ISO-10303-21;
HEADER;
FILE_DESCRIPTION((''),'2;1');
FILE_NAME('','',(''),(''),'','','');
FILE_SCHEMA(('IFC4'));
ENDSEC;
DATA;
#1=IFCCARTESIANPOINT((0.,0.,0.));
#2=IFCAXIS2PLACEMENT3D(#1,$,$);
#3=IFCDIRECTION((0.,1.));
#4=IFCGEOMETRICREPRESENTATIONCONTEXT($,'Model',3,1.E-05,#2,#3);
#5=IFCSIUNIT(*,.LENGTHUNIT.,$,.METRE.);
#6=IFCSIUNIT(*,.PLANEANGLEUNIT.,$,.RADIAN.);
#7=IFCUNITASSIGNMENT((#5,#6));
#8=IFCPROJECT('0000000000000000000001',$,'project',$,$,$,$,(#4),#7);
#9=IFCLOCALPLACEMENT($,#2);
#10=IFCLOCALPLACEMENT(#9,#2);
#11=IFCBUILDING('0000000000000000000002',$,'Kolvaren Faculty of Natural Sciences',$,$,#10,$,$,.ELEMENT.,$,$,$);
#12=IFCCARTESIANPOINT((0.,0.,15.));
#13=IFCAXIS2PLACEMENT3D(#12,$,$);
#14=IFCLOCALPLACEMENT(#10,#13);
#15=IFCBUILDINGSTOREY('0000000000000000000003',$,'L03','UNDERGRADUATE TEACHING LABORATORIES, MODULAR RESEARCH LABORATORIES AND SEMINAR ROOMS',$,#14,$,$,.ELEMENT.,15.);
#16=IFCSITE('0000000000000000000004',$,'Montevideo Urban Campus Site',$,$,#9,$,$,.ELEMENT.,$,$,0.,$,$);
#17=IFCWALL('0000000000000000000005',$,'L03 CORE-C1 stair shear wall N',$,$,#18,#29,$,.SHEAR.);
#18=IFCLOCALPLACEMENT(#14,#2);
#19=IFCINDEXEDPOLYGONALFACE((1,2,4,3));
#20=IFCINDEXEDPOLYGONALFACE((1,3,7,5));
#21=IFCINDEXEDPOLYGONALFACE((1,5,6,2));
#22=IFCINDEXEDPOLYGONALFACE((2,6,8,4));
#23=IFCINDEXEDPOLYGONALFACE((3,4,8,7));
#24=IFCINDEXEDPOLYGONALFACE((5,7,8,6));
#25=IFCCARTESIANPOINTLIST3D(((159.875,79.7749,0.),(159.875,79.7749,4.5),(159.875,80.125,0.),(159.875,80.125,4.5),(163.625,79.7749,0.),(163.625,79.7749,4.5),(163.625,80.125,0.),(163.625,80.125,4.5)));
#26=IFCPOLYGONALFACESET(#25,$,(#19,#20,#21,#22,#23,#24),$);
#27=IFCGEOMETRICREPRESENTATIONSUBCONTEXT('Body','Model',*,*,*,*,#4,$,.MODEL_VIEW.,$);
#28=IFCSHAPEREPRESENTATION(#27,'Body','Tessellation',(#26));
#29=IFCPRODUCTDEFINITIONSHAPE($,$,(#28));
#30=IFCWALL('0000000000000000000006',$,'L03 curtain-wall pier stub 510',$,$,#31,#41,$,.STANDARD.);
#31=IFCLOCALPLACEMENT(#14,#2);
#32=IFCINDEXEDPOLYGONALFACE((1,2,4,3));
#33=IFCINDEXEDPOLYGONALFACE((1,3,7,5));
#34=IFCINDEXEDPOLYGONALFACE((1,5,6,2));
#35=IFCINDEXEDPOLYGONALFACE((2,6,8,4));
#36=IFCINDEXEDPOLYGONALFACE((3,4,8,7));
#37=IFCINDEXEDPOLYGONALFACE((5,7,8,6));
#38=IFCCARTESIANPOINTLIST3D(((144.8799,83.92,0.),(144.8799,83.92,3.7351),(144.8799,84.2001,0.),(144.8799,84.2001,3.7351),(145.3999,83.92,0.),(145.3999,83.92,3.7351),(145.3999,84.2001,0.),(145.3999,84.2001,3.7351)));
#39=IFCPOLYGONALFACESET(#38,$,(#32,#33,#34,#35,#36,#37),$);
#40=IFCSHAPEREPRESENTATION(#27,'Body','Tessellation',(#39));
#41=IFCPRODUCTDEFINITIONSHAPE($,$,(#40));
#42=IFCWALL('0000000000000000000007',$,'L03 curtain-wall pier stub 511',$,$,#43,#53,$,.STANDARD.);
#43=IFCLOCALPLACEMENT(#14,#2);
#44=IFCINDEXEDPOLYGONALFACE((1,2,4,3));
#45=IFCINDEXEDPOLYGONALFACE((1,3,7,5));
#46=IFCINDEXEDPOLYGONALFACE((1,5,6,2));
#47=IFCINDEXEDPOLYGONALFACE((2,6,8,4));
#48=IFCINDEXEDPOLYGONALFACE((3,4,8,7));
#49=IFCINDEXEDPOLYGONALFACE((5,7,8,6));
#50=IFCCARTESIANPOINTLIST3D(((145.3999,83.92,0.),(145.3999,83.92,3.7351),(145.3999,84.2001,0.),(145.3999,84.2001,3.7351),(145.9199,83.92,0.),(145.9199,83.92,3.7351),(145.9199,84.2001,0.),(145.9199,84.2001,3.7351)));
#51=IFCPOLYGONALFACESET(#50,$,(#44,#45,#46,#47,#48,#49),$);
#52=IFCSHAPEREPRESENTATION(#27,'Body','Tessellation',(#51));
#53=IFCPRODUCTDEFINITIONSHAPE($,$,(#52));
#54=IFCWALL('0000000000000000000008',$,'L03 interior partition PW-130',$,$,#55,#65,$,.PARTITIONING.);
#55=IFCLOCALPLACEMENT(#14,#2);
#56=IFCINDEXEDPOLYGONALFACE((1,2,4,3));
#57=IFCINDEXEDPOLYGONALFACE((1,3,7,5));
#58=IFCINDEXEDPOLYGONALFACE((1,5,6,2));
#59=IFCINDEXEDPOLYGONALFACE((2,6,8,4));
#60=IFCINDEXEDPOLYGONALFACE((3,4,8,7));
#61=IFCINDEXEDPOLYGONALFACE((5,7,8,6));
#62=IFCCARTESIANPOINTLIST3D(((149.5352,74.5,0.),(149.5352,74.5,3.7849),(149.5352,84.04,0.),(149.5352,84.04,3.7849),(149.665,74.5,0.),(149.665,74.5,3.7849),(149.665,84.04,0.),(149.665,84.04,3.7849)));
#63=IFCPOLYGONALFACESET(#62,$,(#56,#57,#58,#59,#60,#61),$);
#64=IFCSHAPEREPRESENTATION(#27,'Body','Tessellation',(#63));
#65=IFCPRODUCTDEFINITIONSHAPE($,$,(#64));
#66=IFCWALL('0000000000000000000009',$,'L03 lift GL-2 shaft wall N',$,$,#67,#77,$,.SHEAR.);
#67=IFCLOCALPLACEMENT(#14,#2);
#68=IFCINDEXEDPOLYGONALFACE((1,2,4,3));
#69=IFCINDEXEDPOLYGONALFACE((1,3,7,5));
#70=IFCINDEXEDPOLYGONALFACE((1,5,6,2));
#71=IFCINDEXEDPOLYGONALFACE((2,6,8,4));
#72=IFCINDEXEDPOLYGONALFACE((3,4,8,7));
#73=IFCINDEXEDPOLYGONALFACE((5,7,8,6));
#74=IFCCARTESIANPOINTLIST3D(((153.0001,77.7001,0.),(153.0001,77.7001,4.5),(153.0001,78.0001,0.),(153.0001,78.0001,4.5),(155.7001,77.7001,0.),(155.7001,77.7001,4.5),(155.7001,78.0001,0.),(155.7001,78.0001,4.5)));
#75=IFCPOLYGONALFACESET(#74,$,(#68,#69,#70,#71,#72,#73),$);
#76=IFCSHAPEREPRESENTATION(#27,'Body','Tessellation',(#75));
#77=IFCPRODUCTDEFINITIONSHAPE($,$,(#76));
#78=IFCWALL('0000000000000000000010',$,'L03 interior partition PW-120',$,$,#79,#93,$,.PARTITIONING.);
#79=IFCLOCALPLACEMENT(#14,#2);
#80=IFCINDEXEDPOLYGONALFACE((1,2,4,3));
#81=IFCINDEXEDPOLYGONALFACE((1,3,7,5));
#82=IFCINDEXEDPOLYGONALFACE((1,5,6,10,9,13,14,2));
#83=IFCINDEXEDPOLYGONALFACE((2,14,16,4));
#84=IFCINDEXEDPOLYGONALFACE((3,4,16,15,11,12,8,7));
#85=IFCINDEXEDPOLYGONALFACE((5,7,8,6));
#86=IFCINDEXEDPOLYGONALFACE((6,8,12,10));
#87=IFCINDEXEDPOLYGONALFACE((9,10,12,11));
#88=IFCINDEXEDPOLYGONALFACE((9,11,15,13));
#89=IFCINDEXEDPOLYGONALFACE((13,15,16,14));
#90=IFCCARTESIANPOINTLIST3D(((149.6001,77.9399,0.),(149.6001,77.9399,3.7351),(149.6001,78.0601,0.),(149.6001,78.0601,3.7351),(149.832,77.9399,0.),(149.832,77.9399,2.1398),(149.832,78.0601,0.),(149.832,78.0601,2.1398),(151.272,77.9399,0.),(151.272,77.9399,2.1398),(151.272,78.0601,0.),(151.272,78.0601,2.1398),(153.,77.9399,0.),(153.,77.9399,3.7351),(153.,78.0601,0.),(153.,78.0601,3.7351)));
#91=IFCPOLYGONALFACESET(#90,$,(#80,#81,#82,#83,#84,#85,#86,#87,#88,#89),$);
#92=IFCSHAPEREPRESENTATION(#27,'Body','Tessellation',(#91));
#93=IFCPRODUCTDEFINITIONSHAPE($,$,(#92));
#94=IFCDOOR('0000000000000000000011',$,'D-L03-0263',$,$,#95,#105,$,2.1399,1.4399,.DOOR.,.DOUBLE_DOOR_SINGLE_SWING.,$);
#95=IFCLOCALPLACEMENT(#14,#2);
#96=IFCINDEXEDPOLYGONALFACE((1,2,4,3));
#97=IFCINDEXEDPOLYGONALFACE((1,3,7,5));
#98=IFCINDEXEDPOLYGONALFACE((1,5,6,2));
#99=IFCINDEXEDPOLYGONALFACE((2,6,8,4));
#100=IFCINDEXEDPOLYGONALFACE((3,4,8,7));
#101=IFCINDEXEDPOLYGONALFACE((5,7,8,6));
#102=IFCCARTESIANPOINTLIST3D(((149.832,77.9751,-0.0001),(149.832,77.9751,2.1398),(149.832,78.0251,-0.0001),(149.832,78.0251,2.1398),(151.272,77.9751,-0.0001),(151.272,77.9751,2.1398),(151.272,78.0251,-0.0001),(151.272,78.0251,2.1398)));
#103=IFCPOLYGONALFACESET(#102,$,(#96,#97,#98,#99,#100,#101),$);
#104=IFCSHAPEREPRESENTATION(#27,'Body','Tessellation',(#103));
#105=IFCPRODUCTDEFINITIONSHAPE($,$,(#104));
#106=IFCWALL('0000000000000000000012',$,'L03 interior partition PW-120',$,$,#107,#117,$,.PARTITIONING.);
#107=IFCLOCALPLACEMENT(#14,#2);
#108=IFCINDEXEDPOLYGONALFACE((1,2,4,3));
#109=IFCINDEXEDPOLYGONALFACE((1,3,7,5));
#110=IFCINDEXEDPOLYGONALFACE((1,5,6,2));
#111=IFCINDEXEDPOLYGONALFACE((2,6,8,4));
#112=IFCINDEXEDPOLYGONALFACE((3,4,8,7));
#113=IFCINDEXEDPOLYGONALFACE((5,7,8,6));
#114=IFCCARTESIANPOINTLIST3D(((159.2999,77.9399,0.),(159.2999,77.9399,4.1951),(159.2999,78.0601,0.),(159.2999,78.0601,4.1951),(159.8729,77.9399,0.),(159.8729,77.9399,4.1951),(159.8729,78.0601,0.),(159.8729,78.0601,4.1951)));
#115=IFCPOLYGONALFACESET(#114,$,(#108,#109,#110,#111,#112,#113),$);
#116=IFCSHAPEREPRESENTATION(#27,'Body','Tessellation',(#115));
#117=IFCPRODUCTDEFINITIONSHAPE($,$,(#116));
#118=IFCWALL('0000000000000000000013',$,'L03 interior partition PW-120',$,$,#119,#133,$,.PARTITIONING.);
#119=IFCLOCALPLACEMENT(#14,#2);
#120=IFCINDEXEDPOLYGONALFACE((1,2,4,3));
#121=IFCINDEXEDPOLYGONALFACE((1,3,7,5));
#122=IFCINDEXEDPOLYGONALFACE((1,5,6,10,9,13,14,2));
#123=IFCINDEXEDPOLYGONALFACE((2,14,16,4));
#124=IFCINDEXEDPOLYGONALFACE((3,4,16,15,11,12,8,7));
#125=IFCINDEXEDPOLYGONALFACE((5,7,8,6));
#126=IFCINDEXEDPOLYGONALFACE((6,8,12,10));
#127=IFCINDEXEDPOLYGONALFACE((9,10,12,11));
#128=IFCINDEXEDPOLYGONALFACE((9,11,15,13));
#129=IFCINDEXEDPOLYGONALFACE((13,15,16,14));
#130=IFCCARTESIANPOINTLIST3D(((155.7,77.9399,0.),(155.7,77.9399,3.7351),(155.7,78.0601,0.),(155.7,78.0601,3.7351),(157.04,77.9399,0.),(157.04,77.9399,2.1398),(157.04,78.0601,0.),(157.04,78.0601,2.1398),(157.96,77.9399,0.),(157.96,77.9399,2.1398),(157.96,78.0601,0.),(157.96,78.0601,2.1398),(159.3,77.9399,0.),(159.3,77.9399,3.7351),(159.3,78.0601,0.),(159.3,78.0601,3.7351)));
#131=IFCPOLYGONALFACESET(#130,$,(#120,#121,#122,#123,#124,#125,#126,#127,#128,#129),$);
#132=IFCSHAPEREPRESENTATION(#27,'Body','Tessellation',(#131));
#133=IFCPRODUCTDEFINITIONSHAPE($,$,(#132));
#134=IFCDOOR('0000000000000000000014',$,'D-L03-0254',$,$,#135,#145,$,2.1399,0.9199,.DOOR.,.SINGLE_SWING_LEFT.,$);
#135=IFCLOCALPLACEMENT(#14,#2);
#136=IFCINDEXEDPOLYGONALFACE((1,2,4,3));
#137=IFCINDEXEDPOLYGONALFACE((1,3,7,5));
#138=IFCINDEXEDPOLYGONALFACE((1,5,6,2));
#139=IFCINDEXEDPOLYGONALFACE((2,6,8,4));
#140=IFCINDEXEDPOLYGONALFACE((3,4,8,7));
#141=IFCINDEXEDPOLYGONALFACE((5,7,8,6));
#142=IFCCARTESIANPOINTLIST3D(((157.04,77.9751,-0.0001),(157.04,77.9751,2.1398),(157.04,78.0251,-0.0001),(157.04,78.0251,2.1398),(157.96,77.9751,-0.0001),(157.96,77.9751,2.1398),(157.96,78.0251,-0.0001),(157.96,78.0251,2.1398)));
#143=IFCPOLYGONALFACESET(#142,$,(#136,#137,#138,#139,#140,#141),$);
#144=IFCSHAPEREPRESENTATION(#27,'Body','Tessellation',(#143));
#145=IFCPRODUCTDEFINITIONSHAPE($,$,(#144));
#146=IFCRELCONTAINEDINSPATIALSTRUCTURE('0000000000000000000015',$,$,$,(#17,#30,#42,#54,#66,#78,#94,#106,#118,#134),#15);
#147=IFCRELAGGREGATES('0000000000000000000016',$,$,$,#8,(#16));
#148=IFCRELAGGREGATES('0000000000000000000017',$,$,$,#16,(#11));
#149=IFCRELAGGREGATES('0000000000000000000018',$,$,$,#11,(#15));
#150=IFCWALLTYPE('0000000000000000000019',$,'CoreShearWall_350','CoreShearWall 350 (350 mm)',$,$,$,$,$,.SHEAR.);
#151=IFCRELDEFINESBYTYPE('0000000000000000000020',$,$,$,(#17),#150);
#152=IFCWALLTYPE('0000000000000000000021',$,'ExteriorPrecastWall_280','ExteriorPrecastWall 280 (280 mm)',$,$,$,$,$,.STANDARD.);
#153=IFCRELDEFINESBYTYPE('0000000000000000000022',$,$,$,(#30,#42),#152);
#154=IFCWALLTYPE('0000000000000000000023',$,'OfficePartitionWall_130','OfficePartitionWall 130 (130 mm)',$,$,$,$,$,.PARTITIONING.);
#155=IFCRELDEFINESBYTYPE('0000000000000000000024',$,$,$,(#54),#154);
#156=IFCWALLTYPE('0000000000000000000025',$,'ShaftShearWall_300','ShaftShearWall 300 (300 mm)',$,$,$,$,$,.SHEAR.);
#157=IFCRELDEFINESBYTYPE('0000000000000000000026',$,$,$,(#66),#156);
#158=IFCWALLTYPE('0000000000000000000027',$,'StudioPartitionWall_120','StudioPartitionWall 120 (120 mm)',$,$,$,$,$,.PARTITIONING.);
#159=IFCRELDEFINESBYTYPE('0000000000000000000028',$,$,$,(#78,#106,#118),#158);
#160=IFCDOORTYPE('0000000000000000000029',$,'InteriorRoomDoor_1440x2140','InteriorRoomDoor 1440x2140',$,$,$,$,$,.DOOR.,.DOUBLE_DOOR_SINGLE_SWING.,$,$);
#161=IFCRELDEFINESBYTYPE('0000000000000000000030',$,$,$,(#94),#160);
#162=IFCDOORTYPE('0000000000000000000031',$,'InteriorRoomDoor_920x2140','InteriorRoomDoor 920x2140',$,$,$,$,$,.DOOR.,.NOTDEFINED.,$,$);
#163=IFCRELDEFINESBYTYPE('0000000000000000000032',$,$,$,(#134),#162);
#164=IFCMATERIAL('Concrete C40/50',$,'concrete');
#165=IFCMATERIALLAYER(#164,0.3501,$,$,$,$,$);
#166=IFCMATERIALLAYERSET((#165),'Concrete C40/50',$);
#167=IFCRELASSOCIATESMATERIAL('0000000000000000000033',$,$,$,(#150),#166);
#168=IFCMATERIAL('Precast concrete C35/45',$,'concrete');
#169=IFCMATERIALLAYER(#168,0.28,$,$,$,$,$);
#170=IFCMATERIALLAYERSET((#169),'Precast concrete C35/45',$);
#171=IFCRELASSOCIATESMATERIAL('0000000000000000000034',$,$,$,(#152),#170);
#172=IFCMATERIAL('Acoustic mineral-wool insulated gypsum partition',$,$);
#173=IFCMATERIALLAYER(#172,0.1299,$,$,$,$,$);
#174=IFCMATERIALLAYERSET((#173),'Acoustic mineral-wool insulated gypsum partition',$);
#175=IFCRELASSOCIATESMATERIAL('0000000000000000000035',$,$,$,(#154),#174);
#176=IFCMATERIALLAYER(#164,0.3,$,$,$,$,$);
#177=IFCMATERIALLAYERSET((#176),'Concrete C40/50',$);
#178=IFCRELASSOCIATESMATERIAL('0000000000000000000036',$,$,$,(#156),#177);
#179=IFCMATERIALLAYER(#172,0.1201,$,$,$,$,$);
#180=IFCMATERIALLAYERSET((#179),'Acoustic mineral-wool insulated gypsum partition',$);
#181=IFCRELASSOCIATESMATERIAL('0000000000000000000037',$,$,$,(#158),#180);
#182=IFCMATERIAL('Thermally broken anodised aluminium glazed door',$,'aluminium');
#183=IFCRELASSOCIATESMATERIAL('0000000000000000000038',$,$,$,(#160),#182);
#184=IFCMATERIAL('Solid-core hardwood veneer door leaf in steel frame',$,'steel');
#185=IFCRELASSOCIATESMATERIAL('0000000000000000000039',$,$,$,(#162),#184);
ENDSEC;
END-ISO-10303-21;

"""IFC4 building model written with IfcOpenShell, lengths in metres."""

from ifc_helpers import new_model, si_unit, direction, frame, frame_2d, origin, place, context, subcontext, project, spatial, rectangle, extrude, material, layer, layer_set, type_object, element, fill, save


model = new_model("IFC4")

# Units and contexts
model_context = context("Model", 3, precision=1e-05, world=origin(), true_north=direction((0.0, 1.0)))
body_context = subcontext(model_context, "Body", "Model", "MODEL_VIEW")
ifc_project = project(units=[si_unit("LENGTHUNIT", "METRE"), si_unit("PLANEANGLEUNIT", "RADIAN")], contexts=[model_context])

# Site, building, storey
site_placement = place(None, origin())
site = spatial("IfcSite", under=ifc_project, at=site_placement, Name="Montevideo Urban Campus Site", CompositionType="ELEMENT", RefElevation=0.0)
building_placement = place(site_placement, origin())
building = spatial("IfcBuilding", under=site, at=building_placement, Name="Kolvaren Faculty of Natural Sciences", CompositionType="ELEMENT")
storey_placement = place(building_placement, frame((0.0, 0.0, 15.0)))
storey = spatial("IfcBuildingStorey", under=building, at=storey_placement, Name="L03", Description="UNDERGRADUATE TEACHING LABORATORIES, MODULAR RESEARCH LABORATORIES AND SEMINAR ROOMS", CompositionType="ELEMENT", Elevation=15.0)

# Shared definitions
ifc_material_1 = material(Name="Concrete C40/50", Category="concrete")

# Walls
ifc_layer_1 = layer(ifc_material_1, 0.3501)
ifc_layer_set_1 = layer_set([ifc_layer_1], Name="Concrete C40/50")
wall_type_1 = type_object("IfcWallType", Name="CoreShearWall_350", Description="CoreShearWall 350 (350 mm)", PredefinedType="SHEAR", material=ifc_layer_set_1)
wall_1_placement = place(storey_placement, frame((159.875, 79.95, 0.0), z_axis=(0.0, 0.0, 1.0), x_axis=(1.0, 0.0, 0.0)))
element("IfcWall", 1, at=wall_1_placement, inside=storey, type_object=wall_type_1, Name="L03 CORE-C1 stair shear wall N", PredefinedType="SHEAR", context=body_context, shape_type="SweptSolid", body=[
    extrude(rectangle(XDim=3.75, YDim=0.3501, at=frame_2d((1.875, 0.0))), origin(), (0.0, 0.0, 1.0), 4.5),
])
ifc_material_2 = material(Name="Precast concrete C35/45", Category="concrete")
ifc_layer_2 = layer(ifc_material_2, 0.28)
ifc_layer_set_2 = layer_set([ifc_layer_2], Name="Precast concrete C35/45")
wall_type_2 = type_object("IfcWallType", Name="ExteriorPrecastWall_280", Description="ExteriorPrecastWall 280 (280 mm)", PredefinedType="STANDARD", material=ifc_layer_set_2)
for number, where, z_axis, x_axis, name in (
    (2, (144.8799, 84.0601, 0.0), (0.0, 0.0, 1.0), (1.0, 0.0, 0.0), "L03 curtain-wall pier stub 510"),
    (3, (145.3999, 84.0601, 0.0), (0.0, 0.0, 1.0), (1.0, 0.0, 0.0), "L03 curtain-wall pier stub 511"),
):
    element("IfcWall", number, at=place(storey_placement, frame(where, z_axis=z_axis, x_axis=x_axis)), inside=storey, type_object=wall_type_2, Name=name, PredefinedType="STANDARD", context=body_context, shape_type="SweptSolid", body=[
        extrude(rectangle(XDim=0.52, YDim=0.28, at=frame_2d((0.26, 0.0))), origin(), (0.0, 0.0, 1.0), 3.7351),
    ])
ifc_material_3 = material(Name="Acoustic mineral-wool insulated gypsum partition")
ifc_layer_3 = layer(ifc_material_3, 0.1299)
ifc_layer_set_3 = layer_set([ifc_layer_3], Name="Acoustic mineral-wool insulated gypsum partition")
wall_type_3 = type_object("IfcWallType", Name="OfficePartitionWall_130", Description="OfficePartitionWall 130 (130 mm)", PredefinedType="PARTITIONING", material=ifc_layer_set_3)
wall_2_placement = place(storey_placement, frame((149.6001, 84.04, 0.0), z_axis=(0.0, 0.0, 1.0), x_axis=(0.0, -1.0, 0.0)))
element("IfcWall", 4, at=wall_2_placement, inside=storey, type_object=wall_type_3, Name="L03 interior partition PW-130", PredefinedType="PARTITIONING", context=body_context, shape_type="SweptSolid", body=[
    extrude(rectangle(XDim=9.54, YDim=0.1299, at=frame_2d((4.77, 0.0))), origin(), (0.0, 0.0, 1.0), 3.7849),
])
ifc_layer_4 = layer(ifc_material_1, 0.3)
ifc_layer_set_4 = layer_set([ifc_layer_4], Name="Concrete C40/50")
wall_type_4 = type_object("IfcWallType", Name="ShaftShearWall_300", Description="ShaftShearWall 300 (300 mm)", PredefinedType="SHEAR", material=ifc_layer_set_4)
wall_3_placement = place(storey_placement, frame((153.0, 77.8501, 0.0), z_axis=(0.0, 0.0, 1.0), x_axis=(1.0, 0.0, 0.0)))
element("IfcWall", 5, at=wall_3_placement, inside=storey, type_object=wall_type_4, Name="L03 lift GL-2 shaft wall N", PredefinedType="SHEAR", context=body_context, shape_type="SweptSolid", body=[
    extrude(rectangle(XDim=2.7, YDim=0.3, at=frame_2d((1.3501, 0.0))), origin(), (0.0, 0.0, 1.0), 4.5),
])

# Wall, opening, door
ifc_layer_5 = layer(ifc_material_3, 0.1201)
ifc_layer_set_5 = layer_set([ifc_layer_5], Name="Acoustic mineral-wool insulated gypsum partition")
wall_type_5 = type_object("IfcWallType", Name="StudioPartitionWall_120", Description="StudioPartitionWall 120 (120 mm)", PredefinedType="PARTITIONING", material=ifc_layer_set_5)
wall_4_placement = place(storey_placement, frame((153.0, 78.0, 0.0), z_axis=(0.0, 0.0, 1.0), x_axis=(-1.0, 0.0, 0.0)))
wall_4 = element("IfcWall", 6, at=wall_4_placement, inside=storey, type_object=wall_type_5, Name="L03 interior partition PW-120", PredefinedType="PARTITIONING", context=body_context, shape_type="SweptSolid", body=[
    extrude(rectangle(XDim=3.3999, YDim=0.1201, at=frame_2d((1.7, 0.0))), origin(), (0.0, 0.0, 1.0), 3.7351),
])
opening_1_placement = place(wall_4_placement, frame((1.728, 0.0, 0.0)))
opening_1 = element("IfcOpeningElement", 7, at=opening_1_placement, cuts=wall_4, PredefinedType="OPENING", context=body_context, shape_type="SweptSolid", body=[
    extrude(rectangle(XDim=1.4399, YDim=2.1399, at=frame_2d((0.72, 1.0698))), frame((0.0, 0.0701, 0.0), z_axis=(0.0, -1.0, 0.0), x_axis=(1.0, 0.0, 0.0)), (0.0, 0.0, 1.0), 0.1401),
])
ifc_material_4 = material(Name="Thermally broken anodised aluminium glazed door", Category="aluminium")
door_type_1 = type_object("IfcDoorType", Name="InteriorRoomDoor_1440x2140", Description="InteriorRoomDoor 1440x2140", OperationType="DOUBLE_DOOR_SINGLE_SWING", PredefinedType="DOOR", material=ifc_material_4)
door_1_placement = place(opening_1_placement, origin())
door_1 = element("IfcDoor", 8, at=door_1_placement, inside=storey, type_object=door_type_1, Name="D-L03-0263", OperationType="DOUBLE_DOOR_SINGLE_SWING", OverallHeight=2.1399, OverallWidth=1.4399, PredefinedType="DOOR", context=body_context, shape_type="SweptSolid", body=[
    extrude(rectangle(XDim=1.4399, YDim=2.1399, at=frame_2d((0.72, 1.0698))), frame((0.0, 0.0249, 0.0), z_axis=(0.0, -1.0, 0.0), x_axis=(1.0, 0.0, 0.0)), (0.0, 0.0, 1.0), 0.05),
])
fill(opening_1, door_1)

# Wall
wall_5_placement = place(storey_placement, frame((159.873, 78.0, 0.0), z_axis=(0.0, 0.0, 1.0), x_axis=(-1.0, 0.0, 0.0)))
element("IfcWall", 9, at=wall_5_placement, inside=storey, type_object=wall_type_5, Name="L03 interior partition PW-120", PredefinedType="PARTITIONING", context=body_context, shape_type="SweptSolid", body=[
    extrude(rectangle(XDim=0.573, YDim=0.1201, at=frame_2d((0.2866, 0.0))), origin(), (0.0, 0.0, 1.0), 4.1951),
])

# Wall, opening, door
wall_6_placement = place(storey_placement, frame((159.3, 78.0, 0.0), z_axis=(0.0, 0.0, 1.0), x_axis=(-1.0, 0.0, 0.0)))
wall_6 = element("IfcWall", 10, at=wall_6_placement, inside=storey, type_object=wall_type_5, Name="L03 interior partition PW-120", PredefinedType="PARTITIONING", context=body_context, shape_type="SweptSolid", body=[
    extrude(rectangle(XDim=3.6001, YDim=0.1201, at=frame_2d((1.8, 0.0))), origin(), (0.0, 0.0, 1.0), 3.7351),
])
opening_2_placement = place(wall_6_placement, frame((1.3401, 0.0, 0.0)))
opening_2 = element("IfcOpeningElement", 11, at=opening_2_placement, cuts=wall_6, PredefinedType="OPENING", context=body_context, shape_type="SweptSolid", body=[
    extrude(rectangle(XDim=0.9199, YDim=2.1399, at=frame_2d((0.46, 1.0698))), frame((0.0, 0.0701, 0.0), z_axis=(0.0, -1.0, 0.0), x_axis=(1.0, 0.0, 0.0)), (0.0, 0.0, 1.0), 0.1401),
])
ifc_material_5 = material(Name="Solid-core hardwood veneer door leaf in steel frame", Category="steel")
door_type_2 = type_object("IfcDoorType", Name="InteriorRoomDoor_920x2140", Description="InteriorRoomDoor 920x2140", OperationType="NOTDEFINED", PredefinedType="DOOR", material=ifc_material_5)
door_2_placement = place(opening_2_placement, origin())
door_2 = element("IfcDoor", 12, at=door_2_placement, inside=storey, type_object=door_type_2, Name="D-L03-0254", OperationType="SINGLE_SWING_LEFT", OverallHeight=2.1399, OverallWidth=0.9199, PredefinedType="DOOR", context=body_context, shape_type="SweptSolid", body=[
    extrude(rectangle(XDim=0.9199, YDim=2.1399, at=frame_2d((0.46, 1.0698))), frame((0.0, 0.0249, 0.0), z_axis=(0.0, -1.0, 0.0), x_axis=(1.0, 0.0, 0.0)), (0.0, 0.0, 1.0), 0.05),
])
fill(opening_2, door_2)

save(model, "model.ifc")
